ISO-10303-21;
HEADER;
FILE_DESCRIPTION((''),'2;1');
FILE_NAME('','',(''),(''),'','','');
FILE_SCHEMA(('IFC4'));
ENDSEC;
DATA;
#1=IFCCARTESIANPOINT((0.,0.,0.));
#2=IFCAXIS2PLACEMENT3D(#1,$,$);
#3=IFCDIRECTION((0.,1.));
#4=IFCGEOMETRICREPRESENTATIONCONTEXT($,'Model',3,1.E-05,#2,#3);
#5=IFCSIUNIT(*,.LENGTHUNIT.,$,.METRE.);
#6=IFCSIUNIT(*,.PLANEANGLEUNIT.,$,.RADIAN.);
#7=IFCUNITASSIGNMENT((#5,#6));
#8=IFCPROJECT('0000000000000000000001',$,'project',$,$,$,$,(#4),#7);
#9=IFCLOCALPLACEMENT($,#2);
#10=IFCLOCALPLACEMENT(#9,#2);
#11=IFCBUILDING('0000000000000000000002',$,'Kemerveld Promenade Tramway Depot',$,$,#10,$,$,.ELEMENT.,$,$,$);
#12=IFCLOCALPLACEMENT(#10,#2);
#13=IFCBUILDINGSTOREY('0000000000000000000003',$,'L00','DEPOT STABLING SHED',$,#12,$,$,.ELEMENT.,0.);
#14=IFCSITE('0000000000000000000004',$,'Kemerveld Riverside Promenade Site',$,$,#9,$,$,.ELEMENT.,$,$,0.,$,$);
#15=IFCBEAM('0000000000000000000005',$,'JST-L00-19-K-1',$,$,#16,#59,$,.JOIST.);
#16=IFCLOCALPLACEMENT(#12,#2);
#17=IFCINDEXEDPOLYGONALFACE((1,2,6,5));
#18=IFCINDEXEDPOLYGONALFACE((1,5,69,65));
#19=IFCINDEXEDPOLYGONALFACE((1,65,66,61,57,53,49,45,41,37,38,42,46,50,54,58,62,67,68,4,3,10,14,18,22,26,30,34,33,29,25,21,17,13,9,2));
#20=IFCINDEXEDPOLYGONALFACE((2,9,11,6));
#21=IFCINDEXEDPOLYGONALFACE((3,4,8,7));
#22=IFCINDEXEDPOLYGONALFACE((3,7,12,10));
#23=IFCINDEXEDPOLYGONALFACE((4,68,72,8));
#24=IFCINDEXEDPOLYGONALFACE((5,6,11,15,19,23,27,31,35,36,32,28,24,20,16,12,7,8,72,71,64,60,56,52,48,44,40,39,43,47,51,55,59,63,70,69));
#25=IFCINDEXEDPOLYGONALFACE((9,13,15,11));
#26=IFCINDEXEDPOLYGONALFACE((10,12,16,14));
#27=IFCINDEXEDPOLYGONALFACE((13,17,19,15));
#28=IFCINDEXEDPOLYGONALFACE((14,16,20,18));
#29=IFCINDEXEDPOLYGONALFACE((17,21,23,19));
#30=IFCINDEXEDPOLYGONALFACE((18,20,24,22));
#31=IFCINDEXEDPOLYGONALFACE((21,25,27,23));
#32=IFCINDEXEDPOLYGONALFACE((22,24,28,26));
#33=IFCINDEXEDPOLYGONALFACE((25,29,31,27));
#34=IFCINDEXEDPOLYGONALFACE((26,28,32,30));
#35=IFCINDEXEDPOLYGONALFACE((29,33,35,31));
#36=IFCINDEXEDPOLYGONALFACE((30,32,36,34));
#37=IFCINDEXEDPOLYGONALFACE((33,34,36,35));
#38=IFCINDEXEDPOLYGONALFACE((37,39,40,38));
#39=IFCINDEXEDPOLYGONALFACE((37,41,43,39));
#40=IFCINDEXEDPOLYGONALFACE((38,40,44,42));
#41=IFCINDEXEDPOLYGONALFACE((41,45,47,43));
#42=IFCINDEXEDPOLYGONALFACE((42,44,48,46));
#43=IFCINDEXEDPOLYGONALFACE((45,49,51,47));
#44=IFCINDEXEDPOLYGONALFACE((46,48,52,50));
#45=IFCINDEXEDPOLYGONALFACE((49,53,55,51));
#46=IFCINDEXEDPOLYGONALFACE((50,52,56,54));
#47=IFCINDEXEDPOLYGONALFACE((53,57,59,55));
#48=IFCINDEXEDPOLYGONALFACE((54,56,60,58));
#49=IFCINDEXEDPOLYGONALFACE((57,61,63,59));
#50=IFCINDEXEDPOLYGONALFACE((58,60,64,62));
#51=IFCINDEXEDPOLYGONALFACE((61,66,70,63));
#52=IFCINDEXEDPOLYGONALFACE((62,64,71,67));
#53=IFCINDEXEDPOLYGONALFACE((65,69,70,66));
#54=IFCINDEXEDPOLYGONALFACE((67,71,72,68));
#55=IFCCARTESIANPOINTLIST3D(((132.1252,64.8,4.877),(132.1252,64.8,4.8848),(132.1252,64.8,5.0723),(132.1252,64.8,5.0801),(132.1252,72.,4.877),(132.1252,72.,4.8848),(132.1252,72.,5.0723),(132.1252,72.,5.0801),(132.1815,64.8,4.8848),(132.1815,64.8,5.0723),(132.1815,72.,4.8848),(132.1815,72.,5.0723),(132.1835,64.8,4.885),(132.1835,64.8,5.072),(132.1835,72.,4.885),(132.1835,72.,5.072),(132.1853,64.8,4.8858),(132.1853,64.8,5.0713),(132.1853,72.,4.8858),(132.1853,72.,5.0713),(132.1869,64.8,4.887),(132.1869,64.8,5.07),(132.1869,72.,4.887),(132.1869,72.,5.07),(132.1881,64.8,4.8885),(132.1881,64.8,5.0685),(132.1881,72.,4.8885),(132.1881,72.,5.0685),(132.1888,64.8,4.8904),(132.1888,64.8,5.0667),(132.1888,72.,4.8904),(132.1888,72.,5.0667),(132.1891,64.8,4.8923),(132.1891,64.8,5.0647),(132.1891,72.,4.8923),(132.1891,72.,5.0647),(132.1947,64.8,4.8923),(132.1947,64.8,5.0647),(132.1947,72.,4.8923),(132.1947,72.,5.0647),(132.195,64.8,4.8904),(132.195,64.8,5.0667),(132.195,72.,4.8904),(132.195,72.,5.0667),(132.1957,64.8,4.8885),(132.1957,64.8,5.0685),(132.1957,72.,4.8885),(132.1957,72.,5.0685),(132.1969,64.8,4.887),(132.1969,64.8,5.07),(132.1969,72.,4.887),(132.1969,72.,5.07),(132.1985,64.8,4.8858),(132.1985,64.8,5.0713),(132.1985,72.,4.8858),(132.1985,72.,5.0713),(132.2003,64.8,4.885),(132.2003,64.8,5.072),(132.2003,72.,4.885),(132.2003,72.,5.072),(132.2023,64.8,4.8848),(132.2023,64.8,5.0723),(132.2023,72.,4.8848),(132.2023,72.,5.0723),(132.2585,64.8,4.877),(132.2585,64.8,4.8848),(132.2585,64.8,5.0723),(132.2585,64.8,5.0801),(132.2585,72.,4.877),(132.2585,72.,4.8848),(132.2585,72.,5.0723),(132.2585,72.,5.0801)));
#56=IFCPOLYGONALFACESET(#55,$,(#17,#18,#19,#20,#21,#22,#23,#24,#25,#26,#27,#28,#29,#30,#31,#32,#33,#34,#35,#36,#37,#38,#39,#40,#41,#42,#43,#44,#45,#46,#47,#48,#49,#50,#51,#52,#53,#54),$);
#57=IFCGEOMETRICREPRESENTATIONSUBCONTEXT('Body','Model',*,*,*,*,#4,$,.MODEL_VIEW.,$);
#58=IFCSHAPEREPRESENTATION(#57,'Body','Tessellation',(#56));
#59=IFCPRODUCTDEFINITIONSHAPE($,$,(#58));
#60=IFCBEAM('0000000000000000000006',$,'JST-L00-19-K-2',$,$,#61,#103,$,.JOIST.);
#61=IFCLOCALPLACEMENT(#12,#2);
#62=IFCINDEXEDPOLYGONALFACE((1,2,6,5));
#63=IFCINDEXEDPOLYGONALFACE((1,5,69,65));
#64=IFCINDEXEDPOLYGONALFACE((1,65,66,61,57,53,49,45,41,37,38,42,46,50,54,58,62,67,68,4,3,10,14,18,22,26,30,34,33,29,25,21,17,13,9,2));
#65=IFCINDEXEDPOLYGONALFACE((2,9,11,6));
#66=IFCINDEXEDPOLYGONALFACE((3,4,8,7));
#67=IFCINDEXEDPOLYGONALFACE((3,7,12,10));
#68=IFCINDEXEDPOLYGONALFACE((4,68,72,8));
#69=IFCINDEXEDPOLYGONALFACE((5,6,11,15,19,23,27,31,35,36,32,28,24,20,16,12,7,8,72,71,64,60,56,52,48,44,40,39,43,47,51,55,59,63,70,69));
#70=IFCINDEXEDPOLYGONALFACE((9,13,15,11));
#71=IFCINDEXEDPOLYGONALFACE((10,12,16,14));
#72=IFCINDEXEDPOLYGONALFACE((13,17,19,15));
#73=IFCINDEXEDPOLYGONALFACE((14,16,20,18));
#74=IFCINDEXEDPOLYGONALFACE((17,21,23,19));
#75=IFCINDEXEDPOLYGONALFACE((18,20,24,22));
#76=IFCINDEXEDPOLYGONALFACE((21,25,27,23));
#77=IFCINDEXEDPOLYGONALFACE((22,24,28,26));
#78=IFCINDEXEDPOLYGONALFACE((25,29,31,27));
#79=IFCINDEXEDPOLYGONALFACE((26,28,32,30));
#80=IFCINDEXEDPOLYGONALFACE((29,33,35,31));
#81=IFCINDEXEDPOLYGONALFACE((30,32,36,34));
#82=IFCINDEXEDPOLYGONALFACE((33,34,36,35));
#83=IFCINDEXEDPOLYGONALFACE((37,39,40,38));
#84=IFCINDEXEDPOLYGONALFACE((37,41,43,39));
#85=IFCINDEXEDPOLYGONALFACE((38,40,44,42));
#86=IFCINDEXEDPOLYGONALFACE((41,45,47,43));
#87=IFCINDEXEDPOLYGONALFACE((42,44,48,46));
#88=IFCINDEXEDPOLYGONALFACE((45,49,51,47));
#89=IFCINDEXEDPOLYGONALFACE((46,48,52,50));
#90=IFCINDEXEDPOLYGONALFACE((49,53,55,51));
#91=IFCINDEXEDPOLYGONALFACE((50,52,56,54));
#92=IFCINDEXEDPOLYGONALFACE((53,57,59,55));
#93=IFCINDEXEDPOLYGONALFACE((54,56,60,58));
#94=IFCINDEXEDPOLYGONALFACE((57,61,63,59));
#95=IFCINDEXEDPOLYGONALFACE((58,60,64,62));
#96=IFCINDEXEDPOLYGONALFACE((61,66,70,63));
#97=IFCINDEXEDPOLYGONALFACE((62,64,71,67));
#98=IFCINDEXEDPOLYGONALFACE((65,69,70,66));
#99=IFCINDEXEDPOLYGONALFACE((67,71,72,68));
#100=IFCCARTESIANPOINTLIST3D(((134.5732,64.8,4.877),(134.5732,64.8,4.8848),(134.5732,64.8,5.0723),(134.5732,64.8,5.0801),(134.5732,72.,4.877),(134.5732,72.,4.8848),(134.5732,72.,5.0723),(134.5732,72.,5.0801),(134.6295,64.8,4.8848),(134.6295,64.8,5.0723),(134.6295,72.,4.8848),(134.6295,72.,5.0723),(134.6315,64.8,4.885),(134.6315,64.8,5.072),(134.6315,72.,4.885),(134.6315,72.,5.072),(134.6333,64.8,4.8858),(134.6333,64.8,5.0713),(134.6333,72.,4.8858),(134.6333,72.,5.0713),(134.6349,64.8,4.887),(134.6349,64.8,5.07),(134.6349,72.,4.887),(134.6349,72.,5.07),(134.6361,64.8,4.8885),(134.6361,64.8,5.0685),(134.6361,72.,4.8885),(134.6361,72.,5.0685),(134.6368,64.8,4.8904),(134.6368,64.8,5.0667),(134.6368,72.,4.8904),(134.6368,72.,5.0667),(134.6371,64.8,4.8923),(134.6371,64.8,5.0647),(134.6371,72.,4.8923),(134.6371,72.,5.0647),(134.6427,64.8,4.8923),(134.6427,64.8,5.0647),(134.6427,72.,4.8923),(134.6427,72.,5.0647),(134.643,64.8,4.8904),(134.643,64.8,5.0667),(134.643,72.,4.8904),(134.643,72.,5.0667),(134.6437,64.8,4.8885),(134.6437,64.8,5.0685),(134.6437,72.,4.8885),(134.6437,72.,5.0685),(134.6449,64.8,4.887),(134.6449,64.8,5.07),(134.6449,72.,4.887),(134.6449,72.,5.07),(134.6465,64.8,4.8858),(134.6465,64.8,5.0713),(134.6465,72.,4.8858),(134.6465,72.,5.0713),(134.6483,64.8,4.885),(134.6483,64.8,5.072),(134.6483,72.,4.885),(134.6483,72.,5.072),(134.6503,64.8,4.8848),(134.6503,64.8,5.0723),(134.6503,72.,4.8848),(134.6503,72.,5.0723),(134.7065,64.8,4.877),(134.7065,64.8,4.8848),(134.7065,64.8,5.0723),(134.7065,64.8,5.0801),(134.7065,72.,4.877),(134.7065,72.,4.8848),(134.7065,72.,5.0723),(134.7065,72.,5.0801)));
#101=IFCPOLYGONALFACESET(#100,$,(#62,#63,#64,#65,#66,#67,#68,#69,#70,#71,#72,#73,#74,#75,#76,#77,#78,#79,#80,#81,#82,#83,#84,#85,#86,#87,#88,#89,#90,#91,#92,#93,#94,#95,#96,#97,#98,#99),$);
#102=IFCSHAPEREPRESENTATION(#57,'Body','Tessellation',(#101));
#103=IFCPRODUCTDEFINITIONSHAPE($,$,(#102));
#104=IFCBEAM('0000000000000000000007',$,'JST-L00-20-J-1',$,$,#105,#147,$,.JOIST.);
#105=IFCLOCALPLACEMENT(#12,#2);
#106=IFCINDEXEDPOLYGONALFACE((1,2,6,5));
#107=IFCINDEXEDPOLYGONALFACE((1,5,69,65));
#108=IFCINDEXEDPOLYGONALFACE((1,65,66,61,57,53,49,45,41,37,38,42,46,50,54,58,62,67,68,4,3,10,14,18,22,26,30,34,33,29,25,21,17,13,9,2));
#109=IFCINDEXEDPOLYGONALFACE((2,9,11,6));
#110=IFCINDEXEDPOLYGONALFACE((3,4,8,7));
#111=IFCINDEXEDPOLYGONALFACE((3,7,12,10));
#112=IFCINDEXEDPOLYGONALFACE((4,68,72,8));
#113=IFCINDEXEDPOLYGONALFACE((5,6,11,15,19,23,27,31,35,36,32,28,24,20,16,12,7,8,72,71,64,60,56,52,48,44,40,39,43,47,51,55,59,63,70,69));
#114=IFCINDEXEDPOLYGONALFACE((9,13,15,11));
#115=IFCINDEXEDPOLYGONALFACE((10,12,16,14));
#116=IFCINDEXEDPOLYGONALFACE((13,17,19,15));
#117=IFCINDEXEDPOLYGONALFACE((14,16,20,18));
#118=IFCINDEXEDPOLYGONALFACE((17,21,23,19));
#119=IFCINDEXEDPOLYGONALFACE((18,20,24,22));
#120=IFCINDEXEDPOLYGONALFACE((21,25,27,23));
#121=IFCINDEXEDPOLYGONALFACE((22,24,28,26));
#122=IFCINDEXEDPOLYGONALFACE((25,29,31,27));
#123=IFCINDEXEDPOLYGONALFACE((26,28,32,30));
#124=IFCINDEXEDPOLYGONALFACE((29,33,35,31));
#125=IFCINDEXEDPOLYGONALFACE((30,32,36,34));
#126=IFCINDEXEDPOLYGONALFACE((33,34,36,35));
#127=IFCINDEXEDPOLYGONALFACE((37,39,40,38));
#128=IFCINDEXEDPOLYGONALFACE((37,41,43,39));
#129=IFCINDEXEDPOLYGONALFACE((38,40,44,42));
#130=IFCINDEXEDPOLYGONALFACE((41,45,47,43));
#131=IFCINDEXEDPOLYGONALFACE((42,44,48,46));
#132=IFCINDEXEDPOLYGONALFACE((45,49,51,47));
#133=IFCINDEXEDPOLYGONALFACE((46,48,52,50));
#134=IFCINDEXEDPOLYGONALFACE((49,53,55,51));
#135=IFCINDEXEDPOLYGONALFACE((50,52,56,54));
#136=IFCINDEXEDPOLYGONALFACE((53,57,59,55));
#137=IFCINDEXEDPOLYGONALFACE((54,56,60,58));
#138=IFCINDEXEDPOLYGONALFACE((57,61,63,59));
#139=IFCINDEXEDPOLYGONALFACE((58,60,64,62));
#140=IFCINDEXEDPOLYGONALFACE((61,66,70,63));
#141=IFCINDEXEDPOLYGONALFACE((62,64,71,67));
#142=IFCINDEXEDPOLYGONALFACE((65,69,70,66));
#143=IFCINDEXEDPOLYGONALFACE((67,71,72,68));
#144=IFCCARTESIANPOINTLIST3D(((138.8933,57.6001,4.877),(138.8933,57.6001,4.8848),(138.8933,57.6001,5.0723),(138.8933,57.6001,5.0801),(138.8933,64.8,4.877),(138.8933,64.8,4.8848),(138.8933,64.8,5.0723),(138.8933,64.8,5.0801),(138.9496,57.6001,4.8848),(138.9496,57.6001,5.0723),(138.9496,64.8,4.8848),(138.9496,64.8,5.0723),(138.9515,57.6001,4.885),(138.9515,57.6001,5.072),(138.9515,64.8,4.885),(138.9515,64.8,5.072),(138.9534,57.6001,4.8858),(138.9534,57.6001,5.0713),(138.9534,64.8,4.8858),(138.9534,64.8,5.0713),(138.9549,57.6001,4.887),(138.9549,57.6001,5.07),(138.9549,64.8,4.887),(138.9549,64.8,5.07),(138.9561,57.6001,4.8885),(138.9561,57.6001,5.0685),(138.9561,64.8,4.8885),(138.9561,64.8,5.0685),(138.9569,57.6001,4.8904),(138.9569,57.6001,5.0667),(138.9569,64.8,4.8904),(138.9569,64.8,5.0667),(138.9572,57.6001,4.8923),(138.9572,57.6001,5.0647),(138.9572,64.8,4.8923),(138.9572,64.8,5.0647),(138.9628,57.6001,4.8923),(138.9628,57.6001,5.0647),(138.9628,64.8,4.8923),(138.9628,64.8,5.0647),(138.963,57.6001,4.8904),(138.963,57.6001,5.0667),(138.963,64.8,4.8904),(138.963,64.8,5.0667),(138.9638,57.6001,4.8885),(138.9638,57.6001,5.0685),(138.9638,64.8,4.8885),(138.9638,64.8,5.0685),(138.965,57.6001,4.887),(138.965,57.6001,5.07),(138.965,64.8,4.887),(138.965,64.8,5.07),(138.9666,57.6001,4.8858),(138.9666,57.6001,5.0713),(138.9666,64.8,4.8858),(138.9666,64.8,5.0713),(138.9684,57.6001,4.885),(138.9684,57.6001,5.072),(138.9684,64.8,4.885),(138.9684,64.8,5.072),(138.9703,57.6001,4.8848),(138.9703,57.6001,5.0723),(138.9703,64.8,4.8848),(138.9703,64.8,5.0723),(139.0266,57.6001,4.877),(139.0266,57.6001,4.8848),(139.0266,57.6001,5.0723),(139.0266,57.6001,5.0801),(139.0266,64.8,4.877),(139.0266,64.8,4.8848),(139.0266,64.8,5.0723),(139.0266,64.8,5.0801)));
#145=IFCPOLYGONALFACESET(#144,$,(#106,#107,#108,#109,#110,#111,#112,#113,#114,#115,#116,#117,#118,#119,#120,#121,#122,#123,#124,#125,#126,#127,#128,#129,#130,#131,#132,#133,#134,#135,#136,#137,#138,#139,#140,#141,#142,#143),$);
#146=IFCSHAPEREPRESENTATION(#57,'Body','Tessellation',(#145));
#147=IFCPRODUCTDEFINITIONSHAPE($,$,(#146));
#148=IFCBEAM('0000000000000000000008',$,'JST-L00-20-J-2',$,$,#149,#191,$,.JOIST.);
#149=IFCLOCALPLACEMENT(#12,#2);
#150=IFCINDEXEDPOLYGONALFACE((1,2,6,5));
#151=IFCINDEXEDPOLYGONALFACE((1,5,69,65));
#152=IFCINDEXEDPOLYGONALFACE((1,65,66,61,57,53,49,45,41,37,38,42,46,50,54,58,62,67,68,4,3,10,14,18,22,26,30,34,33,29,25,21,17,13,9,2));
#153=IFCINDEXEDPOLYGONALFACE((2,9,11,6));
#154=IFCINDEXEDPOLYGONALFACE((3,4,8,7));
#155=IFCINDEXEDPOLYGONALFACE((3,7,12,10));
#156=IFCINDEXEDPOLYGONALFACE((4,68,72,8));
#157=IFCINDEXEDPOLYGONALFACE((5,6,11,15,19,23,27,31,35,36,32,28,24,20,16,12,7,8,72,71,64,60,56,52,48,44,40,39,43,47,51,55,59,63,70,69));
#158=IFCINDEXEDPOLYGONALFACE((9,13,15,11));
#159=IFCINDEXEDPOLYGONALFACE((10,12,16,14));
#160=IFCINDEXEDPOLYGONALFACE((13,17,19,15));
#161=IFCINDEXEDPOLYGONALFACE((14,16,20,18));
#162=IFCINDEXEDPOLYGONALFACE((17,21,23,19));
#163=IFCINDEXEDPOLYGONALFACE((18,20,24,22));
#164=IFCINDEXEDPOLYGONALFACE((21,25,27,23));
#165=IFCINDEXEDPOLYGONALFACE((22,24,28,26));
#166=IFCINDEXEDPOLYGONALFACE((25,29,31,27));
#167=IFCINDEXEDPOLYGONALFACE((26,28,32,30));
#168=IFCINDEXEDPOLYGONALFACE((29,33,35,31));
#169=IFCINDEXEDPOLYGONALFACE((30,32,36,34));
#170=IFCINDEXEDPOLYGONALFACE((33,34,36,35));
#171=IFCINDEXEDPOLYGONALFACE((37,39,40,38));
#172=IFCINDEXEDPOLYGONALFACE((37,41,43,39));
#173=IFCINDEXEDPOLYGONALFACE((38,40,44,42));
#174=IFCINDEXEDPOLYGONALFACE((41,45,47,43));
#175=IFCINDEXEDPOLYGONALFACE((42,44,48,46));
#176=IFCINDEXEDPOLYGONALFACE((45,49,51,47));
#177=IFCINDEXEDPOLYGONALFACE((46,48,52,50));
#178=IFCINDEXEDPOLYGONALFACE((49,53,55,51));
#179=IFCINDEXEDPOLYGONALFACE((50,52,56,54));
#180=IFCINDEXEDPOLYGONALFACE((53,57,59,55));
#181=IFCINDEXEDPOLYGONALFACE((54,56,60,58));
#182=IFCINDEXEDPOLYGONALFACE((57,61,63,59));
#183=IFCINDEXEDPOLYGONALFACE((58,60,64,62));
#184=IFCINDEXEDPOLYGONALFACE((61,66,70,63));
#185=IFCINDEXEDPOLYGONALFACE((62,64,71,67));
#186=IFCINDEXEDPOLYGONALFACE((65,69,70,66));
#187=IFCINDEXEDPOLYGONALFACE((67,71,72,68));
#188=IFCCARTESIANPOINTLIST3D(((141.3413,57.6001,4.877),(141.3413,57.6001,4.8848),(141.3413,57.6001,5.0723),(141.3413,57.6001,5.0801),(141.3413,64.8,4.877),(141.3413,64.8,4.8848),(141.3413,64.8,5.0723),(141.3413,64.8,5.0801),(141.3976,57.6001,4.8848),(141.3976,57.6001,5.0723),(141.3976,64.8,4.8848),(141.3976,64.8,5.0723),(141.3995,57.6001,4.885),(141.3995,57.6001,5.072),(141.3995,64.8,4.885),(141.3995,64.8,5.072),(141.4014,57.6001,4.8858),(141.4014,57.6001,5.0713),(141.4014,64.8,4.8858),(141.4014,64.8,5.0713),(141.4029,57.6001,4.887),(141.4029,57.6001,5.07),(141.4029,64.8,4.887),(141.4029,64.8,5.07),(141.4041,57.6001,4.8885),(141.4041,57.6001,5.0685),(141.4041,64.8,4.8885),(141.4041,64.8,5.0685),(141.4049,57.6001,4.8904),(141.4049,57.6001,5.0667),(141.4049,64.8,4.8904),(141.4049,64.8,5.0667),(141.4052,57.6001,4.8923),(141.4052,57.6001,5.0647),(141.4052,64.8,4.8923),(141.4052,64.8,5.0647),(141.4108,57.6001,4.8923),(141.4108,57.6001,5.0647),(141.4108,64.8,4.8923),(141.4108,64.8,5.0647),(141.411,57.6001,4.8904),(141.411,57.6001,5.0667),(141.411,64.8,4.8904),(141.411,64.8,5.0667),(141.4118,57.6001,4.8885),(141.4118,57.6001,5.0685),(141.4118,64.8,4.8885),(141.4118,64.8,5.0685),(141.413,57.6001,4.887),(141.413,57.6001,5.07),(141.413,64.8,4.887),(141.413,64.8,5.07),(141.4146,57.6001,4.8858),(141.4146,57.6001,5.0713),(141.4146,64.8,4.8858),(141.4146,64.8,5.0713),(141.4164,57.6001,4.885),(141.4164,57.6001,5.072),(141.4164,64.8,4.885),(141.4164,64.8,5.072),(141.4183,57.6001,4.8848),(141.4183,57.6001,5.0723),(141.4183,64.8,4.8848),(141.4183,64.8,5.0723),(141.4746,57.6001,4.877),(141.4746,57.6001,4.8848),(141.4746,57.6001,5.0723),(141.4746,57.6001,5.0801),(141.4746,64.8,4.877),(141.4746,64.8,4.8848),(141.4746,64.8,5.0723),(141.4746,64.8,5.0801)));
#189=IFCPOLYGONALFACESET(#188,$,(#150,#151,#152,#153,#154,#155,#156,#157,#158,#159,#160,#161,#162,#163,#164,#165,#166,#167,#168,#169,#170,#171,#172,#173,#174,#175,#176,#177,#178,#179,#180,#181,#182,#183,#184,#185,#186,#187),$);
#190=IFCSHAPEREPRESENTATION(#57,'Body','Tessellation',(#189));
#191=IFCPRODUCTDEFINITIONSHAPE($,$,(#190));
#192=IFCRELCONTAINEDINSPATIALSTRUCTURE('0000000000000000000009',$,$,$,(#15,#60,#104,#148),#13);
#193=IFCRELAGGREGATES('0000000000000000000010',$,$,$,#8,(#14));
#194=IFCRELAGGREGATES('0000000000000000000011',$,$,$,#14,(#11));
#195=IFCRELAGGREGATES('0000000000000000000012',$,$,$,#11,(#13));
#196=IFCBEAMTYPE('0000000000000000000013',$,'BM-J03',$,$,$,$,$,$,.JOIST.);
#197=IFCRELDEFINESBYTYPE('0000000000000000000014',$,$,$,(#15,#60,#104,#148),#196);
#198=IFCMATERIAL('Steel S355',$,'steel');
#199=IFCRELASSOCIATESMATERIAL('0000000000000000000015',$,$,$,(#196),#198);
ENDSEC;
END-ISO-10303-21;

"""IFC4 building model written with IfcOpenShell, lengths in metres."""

from ifc_helpers import new_model, si_unit, direction, frame, origin, origin_2d, place, context, subcontext, project, spatial, i_section, extrude, material, material_profile, profile_set, type_object, element, save


model = new_model("IFC4")

# Units and contexts
model_context = context("Model", 3, precision=1e-05, world=origin(), true_north=direction((0.0, 1.0)))
body_context = subcontext(model_context, "Body", "Model", "MODEL_VIEW")
ifc_project = project(units=[si_unit("LENGTHUNIT", "METRE"), si_unit("PLANEANGLEUNIT", "RADIAN")], contexts=[model_context])

# Site, building, storey
site_placement = place(None, origin())
site = spatial("IfcSite", under=ifc_project, at=site_placement, Name="Kemerveld Riverside Promenade Site", CompositionType="ELEMENT", RefElevation=0.0)
building_placement = place(site_placement, origin())
building = spatial("IfcBuilding", under=site, at=building_placement, Name="Kemerveld Promenade Tramway Depot", CompositionType="ELEMENT")
storey_placement = place(building_placement, origin())
storey = spatial("IfcBuildingStorey", under=building, at=storey_placement, Name="L00", Description="DEPOT STABLING SHED", CompositionType="ELEMENT", Elevation=0.0)

# Beams
ifc_material_1 = material(Name="Steel S355", Category="steel")
ifc_material_profile_1 = material_profile(ifc_material_1, i_section(OverallWidth=0.1333, OverallDepth=0.2031, WebThickness=0.0056, FlangeThickness=0.0078, FilletRadius=0.0076, at=origin_2d()), Name="203x133x25 UB")
ifc_profile_set_1 = profile_set([ifc_material_profile_1], Name="Steel S355")
beam_type_1 = type_object("IfcBeamType", Name="BM-J03", PredefinedType="JOIST", material=ifc_profile_set_1)
for number, where, z_axis, x_axis, name in (
    (1, (132.1919, 64.8, 4.9785), (0.0, 1.0, 0.0), (-1.0, 0.0, 0.0), "JST-L00-19-K-1"),
    (2, (134.6399, 64.8, 4.9785), (0.0, 1.0, 0.0), (-1.0, 0.0, 0.0), "JST-L00-19-K-2"),
    (3, (138.96, 57.6001, 4.9785), (0.0, 1.0, 0.0), (-1.0, 0.0, 0.0), "JST-L00-20-J-1"),
    (4, (141.408, 57.6001, 4.9785), (0.0, 1.0, 0.0), (-1.0, 0.0, 0.0), "JST-L00-20-J-2"),
):
    element("IfcBeam", number, at=place(storey_placement, frame(where, z_axis=z_axis, x_axis=x_axis)), inside=storey, type_object=beam_type_1, Name=name, PredefinedType="JOIST", context=body_context, shape_type="SweptSolid", body=[
        extrude(i_section(OverallWidth=0.1333, OverallDepth=0.2031, WebThickness=0.0056, FlangeThickness=0.0078, FilletRadius=0.0076, at=origin_2d()), origin(), (0.0, 0.0, 1.0), 7.2),
    ])

save(model, "model.ifc")
